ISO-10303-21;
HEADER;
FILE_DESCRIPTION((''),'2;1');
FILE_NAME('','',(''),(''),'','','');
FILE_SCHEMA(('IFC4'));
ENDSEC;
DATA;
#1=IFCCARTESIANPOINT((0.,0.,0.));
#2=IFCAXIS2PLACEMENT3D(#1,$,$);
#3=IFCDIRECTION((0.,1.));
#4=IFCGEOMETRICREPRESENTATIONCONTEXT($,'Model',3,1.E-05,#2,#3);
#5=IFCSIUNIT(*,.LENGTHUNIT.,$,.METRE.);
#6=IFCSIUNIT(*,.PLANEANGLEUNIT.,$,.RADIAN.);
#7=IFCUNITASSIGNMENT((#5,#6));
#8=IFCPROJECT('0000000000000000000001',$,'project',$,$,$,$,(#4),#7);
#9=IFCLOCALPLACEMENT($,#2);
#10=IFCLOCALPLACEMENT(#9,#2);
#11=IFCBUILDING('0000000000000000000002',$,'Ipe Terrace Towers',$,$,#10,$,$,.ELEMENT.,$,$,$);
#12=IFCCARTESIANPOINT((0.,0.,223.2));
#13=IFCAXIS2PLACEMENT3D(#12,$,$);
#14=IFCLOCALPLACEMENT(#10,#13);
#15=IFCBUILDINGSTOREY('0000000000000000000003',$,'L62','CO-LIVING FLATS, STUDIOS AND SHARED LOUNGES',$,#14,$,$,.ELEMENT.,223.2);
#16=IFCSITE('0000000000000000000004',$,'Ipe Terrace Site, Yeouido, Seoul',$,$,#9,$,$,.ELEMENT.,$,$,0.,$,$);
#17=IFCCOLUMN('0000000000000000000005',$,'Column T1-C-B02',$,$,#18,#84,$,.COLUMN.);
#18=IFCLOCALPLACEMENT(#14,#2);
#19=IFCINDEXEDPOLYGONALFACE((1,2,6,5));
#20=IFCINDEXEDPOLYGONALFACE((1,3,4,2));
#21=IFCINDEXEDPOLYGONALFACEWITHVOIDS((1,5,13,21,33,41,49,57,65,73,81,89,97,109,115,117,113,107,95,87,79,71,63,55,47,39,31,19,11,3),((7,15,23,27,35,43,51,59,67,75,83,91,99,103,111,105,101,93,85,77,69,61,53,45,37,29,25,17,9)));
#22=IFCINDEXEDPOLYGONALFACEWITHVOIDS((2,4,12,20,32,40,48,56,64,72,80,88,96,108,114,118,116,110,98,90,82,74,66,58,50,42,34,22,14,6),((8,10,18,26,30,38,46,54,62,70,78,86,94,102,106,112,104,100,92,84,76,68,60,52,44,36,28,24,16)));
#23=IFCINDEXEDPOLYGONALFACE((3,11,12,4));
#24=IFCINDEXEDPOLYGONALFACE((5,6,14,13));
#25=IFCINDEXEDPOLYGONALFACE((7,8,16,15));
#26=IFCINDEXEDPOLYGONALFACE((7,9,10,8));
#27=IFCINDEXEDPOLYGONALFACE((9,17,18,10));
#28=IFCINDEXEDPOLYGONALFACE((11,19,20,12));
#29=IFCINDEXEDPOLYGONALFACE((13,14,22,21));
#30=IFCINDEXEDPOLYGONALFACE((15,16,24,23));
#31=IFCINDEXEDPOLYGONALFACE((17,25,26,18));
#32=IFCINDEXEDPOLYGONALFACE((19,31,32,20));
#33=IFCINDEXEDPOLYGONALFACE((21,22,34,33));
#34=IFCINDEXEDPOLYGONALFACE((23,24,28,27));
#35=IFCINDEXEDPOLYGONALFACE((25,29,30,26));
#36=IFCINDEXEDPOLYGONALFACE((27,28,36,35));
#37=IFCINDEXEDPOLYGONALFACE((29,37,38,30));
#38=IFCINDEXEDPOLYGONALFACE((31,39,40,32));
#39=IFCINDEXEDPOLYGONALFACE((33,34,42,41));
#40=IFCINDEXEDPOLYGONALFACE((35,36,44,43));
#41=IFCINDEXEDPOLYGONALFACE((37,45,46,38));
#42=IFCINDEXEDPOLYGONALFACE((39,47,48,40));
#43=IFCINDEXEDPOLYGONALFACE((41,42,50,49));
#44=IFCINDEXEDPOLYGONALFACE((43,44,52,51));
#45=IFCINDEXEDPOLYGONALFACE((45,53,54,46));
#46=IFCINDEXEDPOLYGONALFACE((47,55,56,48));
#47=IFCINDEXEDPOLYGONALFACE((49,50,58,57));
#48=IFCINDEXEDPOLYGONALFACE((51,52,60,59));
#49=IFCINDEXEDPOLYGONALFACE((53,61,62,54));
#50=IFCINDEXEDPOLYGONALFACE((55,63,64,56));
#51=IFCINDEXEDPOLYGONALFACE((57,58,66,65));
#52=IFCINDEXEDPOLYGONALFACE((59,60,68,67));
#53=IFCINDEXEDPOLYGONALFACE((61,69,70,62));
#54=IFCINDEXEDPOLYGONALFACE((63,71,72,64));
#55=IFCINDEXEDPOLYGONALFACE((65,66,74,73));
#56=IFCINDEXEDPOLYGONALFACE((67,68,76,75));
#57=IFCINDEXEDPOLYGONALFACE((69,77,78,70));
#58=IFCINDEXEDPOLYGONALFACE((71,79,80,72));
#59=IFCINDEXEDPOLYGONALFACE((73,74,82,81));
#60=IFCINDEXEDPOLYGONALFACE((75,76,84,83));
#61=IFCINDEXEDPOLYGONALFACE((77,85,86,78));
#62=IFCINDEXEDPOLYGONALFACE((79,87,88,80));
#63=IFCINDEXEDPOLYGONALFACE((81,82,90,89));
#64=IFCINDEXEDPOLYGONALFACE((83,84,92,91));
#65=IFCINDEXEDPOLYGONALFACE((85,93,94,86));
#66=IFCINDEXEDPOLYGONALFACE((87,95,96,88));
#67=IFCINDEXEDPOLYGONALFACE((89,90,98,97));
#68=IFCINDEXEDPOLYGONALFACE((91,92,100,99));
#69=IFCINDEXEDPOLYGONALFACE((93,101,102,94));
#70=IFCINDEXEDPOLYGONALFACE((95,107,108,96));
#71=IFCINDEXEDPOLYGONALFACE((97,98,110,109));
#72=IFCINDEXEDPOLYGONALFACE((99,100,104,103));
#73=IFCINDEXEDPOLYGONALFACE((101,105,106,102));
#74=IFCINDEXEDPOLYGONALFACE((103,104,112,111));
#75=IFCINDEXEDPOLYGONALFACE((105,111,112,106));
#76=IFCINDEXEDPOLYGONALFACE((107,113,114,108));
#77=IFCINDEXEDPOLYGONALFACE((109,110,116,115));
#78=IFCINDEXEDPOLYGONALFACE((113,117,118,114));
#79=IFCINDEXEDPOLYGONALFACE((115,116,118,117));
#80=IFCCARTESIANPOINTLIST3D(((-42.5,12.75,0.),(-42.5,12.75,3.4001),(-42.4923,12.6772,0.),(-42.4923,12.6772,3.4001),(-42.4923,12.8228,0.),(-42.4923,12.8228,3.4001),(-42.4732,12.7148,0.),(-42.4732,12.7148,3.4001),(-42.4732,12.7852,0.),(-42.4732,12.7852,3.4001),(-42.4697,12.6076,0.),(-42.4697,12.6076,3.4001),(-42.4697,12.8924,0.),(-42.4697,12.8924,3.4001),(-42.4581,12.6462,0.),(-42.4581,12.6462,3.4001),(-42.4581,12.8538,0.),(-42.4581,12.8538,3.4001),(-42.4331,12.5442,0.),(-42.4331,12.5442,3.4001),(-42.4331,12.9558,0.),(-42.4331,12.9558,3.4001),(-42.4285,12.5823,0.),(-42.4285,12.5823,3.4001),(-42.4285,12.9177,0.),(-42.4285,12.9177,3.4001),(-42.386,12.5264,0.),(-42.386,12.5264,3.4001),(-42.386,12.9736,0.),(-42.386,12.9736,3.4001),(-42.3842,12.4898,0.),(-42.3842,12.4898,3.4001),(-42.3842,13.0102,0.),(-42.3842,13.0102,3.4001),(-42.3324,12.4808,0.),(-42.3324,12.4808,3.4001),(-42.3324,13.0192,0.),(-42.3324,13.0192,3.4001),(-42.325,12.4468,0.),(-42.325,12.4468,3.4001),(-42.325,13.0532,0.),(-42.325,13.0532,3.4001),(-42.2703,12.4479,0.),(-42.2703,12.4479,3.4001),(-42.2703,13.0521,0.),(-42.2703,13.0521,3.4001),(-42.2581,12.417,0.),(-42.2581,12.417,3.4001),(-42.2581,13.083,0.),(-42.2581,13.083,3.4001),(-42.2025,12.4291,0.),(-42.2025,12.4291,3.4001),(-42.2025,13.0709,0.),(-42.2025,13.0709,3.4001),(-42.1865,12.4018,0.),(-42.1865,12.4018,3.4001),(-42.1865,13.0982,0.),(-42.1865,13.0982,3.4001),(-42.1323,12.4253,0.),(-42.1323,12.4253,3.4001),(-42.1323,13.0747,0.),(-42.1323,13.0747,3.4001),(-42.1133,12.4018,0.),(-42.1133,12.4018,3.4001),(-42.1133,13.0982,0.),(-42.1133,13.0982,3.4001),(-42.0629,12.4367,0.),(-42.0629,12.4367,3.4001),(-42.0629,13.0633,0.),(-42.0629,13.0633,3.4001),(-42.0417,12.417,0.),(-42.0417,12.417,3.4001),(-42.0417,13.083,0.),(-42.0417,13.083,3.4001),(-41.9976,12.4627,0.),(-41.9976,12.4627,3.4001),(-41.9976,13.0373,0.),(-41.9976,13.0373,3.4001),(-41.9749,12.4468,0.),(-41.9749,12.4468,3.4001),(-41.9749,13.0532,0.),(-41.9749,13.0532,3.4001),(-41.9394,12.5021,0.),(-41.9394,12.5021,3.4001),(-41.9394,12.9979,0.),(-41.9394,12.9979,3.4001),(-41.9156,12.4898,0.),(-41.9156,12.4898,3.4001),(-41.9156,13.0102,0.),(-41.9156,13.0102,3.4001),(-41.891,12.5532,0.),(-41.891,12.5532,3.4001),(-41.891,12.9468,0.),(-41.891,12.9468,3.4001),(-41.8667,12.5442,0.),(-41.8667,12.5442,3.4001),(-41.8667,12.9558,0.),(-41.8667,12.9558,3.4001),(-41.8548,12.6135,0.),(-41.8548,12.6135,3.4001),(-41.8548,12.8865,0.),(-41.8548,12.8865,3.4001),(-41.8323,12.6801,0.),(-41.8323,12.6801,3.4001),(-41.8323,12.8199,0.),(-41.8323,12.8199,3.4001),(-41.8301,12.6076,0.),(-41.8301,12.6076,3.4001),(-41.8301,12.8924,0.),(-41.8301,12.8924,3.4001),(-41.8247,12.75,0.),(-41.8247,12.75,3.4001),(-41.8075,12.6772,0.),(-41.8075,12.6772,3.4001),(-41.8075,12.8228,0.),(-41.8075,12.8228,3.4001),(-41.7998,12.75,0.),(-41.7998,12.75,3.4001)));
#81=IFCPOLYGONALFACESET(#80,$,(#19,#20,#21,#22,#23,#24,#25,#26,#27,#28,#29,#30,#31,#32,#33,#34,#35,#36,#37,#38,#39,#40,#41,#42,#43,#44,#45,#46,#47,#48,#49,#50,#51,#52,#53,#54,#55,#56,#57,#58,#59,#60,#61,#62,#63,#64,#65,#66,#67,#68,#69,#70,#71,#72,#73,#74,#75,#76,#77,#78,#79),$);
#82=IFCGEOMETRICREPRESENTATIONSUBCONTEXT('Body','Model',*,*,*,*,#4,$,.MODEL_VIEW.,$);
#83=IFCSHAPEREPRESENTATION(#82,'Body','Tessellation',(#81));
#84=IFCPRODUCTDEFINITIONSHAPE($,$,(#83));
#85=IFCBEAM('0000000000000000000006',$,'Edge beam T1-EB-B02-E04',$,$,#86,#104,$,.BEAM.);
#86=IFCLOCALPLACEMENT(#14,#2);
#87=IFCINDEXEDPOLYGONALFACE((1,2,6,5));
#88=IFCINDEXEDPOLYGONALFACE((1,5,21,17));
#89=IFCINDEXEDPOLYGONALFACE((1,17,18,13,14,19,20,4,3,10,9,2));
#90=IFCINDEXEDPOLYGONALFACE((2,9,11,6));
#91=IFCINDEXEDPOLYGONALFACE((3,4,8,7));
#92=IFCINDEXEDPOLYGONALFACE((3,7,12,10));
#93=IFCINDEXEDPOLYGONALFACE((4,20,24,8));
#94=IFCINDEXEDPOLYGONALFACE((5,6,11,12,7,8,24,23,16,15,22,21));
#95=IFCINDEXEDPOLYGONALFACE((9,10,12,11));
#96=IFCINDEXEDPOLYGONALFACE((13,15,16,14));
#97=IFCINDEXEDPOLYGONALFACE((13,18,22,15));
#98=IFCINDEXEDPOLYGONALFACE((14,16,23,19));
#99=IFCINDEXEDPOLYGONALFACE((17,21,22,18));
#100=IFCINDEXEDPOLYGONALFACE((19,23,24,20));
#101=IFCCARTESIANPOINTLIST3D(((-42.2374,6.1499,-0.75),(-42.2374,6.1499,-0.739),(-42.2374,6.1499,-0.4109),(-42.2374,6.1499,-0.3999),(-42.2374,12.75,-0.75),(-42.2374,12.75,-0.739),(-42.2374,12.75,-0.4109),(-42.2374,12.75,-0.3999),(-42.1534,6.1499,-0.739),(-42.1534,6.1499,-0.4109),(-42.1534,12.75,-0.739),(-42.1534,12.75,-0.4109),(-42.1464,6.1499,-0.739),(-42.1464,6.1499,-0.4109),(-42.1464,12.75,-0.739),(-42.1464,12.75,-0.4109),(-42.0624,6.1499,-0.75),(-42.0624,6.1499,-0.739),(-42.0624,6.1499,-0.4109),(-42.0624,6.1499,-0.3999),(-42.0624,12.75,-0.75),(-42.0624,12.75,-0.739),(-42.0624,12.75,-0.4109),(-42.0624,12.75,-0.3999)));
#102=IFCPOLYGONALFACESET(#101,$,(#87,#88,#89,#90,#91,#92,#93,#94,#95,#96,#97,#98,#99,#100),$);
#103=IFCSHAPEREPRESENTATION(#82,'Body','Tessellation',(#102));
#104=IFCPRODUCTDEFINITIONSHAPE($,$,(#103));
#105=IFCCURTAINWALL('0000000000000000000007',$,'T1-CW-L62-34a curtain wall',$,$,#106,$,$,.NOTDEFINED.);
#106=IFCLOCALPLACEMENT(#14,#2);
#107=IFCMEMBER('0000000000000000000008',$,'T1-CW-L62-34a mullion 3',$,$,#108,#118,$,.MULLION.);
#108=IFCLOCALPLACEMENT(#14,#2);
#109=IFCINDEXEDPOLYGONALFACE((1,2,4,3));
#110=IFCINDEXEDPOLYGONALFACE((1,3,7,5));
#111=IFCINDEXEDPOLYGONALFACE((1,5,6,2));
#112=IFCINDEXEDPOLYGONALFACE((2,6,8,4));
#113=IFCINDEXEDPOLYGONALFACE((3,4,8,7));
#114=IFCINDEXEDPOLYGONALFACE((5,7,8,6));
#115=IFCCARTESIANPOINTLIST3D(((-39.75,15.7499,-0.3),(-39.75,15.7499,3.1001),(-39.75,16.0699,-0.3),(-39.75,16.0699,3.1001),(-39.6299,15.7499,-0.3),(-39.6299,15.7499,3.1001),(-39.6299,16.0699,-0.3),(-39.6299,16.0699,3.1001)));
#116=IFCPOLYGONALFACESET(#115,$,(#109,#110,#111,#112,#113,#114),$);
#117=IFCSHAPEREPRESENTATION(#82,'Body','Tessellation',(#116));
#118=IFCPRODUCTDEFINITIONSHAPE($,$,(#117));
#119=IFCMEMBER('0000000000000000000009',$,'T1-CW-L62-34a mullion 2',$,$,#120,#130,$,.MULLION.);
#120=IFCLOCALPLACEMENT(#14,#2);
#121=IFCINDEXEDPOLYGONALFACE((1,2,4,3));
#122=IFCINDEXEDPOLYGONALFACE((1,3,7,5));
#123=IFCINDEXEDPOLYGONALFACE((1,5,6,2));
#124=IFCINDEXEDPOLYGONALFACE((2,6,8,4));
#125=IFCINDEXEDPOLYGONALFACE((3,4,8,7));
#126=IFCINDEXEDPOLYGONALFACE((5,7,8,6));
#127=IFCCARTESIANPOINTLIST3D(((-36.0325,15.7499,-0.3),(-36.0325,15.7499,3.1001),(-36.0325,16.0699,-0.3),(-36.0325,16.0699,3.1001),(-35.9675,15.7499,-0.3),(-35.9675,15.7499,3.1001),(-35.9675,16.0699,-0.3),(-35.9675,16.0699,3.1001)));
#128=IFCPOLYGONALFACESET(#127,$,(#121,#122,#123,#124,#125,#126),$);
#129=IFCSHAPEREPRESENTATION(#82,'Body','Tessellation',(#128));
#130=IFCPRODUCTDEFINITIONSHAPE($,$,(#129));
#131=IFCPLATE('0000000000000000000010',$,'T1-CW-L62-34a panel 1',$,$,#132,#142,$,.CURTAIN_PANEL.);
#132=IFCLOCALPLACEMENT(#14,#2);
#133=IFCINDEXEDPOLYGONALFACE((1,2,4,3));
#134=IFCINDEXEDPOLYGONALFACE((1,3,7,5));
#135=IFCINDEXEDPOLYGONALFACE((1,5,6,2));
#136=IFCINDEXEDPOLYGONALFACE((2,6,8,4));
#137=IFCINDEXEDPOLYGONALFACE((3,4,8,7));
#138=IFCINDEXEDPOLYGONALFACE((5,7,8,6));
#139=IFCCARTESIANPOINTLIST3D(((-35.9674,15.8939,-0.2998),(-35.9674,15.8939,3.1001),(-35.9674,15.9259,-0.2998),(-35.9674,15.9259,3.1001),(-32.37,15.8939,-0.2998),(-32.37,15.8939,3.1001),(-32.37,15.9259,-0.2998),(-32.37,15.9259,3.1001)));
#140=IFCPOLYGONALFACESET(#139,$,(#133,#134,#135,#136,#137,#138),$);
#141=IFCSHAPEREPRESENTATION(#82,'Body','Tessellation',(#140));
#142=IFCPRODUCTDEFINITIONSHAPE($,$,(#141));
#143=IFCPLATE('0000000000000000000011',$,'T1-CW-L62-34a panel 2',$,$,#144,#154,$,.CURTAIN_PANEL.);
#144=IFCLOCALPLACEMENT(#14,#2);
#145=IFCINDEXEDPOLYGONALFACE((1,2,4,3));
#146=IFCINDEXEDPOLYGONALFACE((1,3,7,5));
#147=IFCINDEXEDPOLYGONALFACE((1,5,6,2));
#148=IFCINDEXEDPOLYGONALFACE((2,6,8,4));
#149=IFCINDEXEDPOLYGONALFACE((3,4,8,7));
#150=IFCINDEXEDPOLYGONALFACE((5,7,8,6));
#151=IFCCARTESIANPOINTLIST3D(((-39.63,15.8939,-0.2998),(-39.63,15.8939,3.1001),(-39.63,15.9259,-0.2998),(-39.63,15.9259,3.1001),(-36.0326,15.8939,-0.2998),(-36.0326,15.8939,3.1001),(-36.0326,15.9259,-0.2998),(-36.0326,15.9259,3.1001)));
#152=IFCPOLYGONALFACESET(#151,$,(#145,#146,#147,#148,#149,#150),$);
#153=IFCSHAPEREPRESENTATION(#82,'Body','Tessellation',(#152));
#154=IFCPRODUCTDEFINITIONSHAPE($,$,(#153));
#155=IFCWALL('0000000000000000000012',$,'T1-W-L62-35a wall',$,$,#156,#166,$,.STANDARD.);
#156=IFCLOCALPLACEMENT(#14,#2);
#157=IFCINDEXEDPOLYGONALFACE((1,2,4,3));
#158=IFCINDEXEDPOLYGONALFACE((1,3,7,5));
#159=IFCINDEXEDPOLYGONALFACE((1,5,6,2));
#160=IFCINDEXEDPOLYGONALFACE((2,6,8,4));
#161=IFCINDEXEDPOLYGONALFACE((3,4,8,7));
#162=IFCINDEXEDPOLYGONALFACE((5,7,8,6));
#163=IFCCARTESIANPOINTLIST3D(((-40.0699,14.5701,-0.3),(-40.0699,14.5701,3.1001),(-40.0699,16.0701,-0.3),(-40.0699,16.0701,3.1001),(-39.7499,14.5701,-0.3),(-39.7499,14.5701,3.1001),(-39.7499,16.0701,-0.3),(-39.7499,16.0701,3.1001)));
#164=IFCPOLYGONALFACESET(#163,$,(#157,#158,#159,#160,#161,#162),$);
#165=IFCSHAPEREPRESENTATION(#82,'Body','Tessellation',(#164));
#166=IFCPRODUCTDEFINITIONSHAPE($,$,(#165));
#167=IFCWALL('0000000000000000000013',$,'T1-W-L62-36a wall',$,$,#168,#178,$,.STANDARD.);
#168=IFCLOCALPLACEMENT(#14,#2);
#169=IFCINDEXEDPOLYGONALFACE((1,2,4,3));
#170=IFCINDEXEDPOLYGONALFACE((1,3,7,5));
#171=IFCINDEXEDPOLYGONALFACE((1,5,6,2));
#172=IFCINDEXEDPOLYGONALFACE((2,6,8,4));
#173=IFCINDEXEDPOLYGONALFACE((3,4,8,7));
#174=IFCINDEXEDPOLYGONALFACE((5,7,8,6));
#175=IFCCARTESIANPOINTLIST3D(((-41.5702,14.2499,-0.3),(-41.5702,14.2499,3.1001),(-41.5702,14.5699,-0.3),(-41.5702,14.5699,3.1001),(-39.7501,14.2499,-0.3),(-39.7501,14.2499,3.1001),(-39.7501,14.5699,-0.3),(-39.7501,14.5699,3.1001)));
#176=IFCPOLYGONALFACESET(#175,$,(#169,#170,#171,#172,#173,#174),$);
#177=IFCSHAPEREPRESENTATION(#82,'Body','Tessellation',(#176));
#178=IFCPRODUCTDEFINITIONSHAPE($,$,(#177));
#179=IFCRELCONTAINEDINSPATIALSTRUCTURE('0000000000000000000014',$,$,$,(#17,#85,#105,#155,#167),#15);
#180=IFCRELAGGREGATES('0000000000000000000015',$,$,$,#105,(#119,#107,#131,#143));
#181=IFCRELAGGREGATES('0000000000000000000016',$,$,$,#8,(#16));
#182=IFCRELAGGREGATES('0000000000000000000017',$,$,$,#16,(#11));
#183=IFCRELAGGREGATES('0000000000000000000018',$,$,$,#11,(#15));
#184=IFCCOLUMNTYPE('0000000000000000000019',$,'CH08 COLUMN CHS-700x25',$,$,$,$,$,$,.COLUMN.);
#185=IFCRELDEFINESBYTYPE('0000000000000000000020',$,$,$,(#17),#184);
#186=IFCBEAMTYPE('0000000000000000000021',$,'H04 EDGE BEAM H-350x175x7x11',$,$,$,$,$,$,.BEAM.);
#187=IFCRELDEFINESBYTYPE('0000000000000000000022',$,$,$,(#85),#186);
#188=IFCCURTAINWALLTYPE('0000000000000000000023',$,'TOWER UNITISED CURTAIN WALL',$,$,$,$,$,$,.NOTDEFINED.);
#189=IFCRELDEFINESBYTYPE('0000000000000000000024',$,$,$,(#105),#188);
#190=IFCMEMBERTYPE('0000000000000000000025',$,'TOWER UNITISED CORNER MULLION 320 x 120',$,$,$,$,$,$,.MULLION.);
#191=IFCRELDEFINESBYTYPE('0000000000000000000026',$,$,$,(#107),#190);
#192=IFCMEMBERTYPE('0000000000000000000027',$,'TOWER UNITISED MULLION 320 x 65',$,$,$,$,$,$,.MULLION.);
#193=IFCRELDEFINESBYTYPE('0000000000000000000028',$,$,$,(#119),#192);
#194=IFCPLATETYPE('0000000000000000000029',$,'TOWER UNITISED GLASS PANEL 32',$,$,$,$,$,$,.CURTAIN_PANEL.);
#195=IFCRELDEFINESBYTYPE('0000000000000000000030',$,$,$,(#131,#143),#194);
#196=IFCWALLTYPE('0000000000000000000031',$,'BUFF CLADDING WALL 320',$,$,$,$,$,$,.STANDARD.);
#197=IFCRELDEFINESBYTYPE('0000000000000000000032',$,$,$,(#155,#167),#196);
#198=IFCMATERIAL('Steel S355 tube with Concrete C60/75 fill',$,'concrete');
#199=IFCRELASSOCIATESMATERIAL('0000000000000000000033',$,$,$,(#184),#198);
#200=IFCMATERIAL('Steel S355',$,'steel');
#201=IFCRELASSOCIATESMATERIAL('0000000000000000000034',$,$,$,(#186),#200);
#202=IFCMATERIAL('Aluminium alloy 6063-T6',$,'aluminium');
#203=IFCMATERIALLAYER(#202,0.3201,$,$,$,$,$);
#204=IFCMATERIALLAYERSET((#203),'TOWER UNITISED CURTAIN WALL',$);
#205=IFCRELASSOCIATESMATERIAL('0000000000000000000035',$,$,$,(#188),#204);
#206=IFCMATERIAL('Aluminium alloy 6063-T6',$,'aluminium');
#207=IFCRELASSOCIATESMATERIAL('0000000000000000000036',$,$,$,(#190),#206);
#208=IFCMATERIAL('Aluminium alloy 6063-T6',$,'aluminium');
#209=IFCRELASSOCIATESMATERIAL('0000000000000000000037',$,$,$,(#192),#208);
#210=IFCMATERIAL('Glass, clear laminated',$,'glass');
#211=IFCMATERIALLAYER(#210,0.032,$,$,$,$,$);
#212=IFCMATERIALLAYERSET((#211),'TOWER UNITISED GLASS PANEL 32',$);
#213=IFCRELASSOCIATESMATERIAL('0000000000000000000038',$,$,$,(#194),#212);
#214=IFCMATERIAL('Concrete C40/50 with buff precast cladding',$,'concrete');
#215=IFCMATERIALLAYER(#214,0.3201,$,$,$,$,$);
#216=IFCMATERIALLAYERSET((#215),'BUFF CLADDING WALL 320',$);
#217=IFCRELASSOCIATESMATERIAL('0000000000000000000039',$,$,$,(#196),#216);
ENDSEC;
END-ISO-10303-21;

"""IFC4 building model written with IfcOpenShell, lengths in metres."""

from ifc_helpers import new_model, si_unit, direction, frame, frame_2d, origin, origin_2d, place, context, subcontext, project, spatial, rectangle, hollow_circle, i_section, extrude, material, layer, layer_set, material_profile, profile_set, type_object, element, aggregate, save


model = new_model("IFC4")

# Units and contexts
model_context = context("Model", 3, precision=1e-05, world=origin(), true_north=direction((0.0, 1.0)))
body_context = subcontext(model_context, "Body", "Model", "MODEL_VIEW")
ifc_project = project(units=[si_unit("LENGTHUNIT", "METRE"), si_unit("PLANEANGLEUNIT", "RADIAN")], contexts=[model_context])

# Site, building, storey
site_placement = place(None, origin())
site = spatial("IfcSite", under=ifc_project, at=site_placement, Name="Ipe Terrace Site, Yeouido, Seoul", CompositionType="ELEMENT", RefElevation=0.0)
building_placement = place(site_placement, origin())
building = spatial("IfcBuilding", under=site, at=building_placement, Name="Ipe Terrace Towers", CompositionType="ELEMENT")
storey_placement = place(building_placement, frame((0.0, 0.0, 223.2)))
storey = spatial("IfcBuildingStorey", under=building, at=storey_placement, Name="L62", Description="CO-LIVING FLATS, STUDIOS AND SHARED LOUNGES", CompositionType="ELEMENT", Elevation=223.2)

# Column
ifc_material_1 = material(Name="Steel S355 tube with Concrete C60/75 fill", Category="concrete")
ifc_material_profile_1 = material_profile(ifc_material_1, hollow_circle(Radius=0.3501, WallThickness=0.0249, at=origin_2d()), Name="CHS-700x25")
ifc_profile_set_1 = profile_set([ifc_material_profile_1], Name="Steel S355 tube with Concrete C60/75 fill")
column_type = type_object("IfcColumnType", Name="CH08 COLUMN CHS-700x25", PredefinedType="COLUMN", material=ifc_profile_set_1)
column_placement = place(storey_placement, frame((-42.1499, 12.75, 0.0), z_axis=(0.0, 0.0, 1.0), x_axis=(1.0, 0.0, 0.0)))
element("IfcColumn", 1, at=column_placement, inside=storey, type_object=column_type, Name="Column T1-C-B02", PredefinedType="COLUMN", context=body_context, shape_type="SweptSolid", body=[
    extrude(hollow_circle(Radius=0.3501, WallThickness=0.0249, at=origin_2d()), origin(), (0.0, 0.0, 1.0), 3.4001),
])

# Beam
ifc_material_2 = material(Name="Steel S355", Category="steel")
ifc_material_profile_2 = material_profile(ifc_material_2, i_section(OverallWidth=0.175, OverallDepth=0.3501, WebThickness=0.0071, FlangeThickness=0.011, at=origin_2d()), Name="H-350x175x7x11")
ifc_profile_set_2 = profile_set([ifc_material_profile_2], Name="Steel S355")
beam_type = type_object("IfcBeamType", Name="H04 EDGE BEAM H-350x175x7x11", PredefinedType="BEAM", material=ifc_profile_set_2)
beam_placement = place(storey_placement, frame((-42.1499, 12.75, -0.575), z_axis=(0.0, -1.0, 0.0), x_axis=(1.0, 0.0, 0.0)))
element("IfcBeam", 2, at=beam_placement, inside=storey, type_object=beam_type, Name="Edge beam T1-EB-B02-E04", PredefinedType="BEAM", context=body_context, shape_type="SweptSolid", body=[
    extrude(i_section(OverallWidth=0.175, OverallDepth=0.3501, WebThickness=0.0071, FlangeThickness=0.011, at=origin_2d()), origin(), (0.0, 0.0, 1.0), 6.6001),
])

# Curtain wall, members, plates
ifc_material_3 = material(Name="Aluminium alloy 6063-T6", Category="aluminium")
ifc_layer_1 = layer(ifc_material_3, 0.3201)
ifc_layer_set_1 = layer_set([ifc_layer_1], Name="TOWER UNITISED CURTAIN WALL")
curtain_wall_type = type_object("IfcCurtainWallType", Name="TOWER UNITISED CURTAIN WALL", PredefinedType="NOTDEFINED", material=ifc_layer_set_1)
curtain_wall_placement = place(storey_placement, origin())
curtain_wall = element("IfcCurtainWall", 3, at=curtain_wall_placement, inside=storey, type_object=curtain_wall_type, Name="T1-CW-L62-34a curtain wall", PredefinedType="NOTDEFINED")
ifc_material_4 = material(Name="Aluminium alloy 6063-T6", Category="aluminium")
ifc_material_profile_3 = material_profile(ifc_material_4, rectangle(XDim=0.3201, YDim=0.1201, at=origin_2d()), Name="TOWER UNITISED CORNER MULLION 320 x 120")
ifc_profile_set_3 = profile_set([ifc_material_profile_3], Name="Aluminium alloy 6063-T6")
member_type_1 = type_object("IfcMemberType", Name="TOWER UNITISED CORNER MULLION 320 x 120", PredefinedType="MULLION", material=ifc_profile_set_3)
member_1_placement = place(storey_placement, frame((-39.6899, 15.9099, -0.3), z_axis=(0.0, 0.0, 1.0), x_axis=(0.0, 1.0, 0.0)))
member_1 = element("IfcMember", 4, at=member_1_placement, type_object=member_type_1, Name="T1-CW-L62-34a mullion 3", PredefinedType="MULLION", context=body_context, shape_type="SweptSolid", body=[
    extrude(rectangle(XDim=0.3201, YDim=0.1201, at=origin_2d()), origin(), (0.0, 0.0, 1.0), 3.4001),
])
ifc_material_5 = material(Name="Aluminium alloy 6063-T6", Category="aluminium")
ifc_material_profile_4 = material_profile(ifc_material_5, rectangle(XDim=0.3201, YDim=0.0649, at=origin_2d()), Name="TOWER UNITISED MULLION 320 x 65")
ifc_profile_set_4 = profile_set([ifc_material_profile_4], Name="Aluminium alloy 6063-T6")
member_type_2 = type_object("IfcMemberType", Name="TOWER UNITISED MULLION 320 x 65", PredefinedType="MULLION", material=ifc_profile_set_4)
member_2_placement = place(storey_placement, frame((-36.0, 15.9099, -0.3), z_axis=(0.0, 0.0, 1.0), x_axis=(0.0, 1.0, 0.0)))
member_2 = element("IfcMember", 5, at=member_2_placement, type_object=member_type_2, Name="T1-CW-L62-34a mullion 2", PredefinedType="MULLION", context=body_context, shape_type="SweptSolid", body=[
    extrude(rectangle(XDim=0.3201, YDim=0.0649, at=origin_2d()), origin(), (0.0, 0.0, 1.0), 3.4001),
])
ifc_material_6 = material(Name="Glass, clear laminated", Category="glass")
ifc_layer_2 = layer(ifc_material_6, 0.032)
ifc_layer_set_2 = layer_set([ifc_layer_2], Name="TOWER UNITISED GLASS PANEL 32")
plate_type = type_object("IfcPlateType", Name="TOWER UNITISED GLASS PANEL 32", PredefinedType="CURTAIN_PANEL", material=ifc_layer_set_2)
plate_1_placement = place(storey_placement, frame((-34.1687, 15.9099, -0.2998), z_axis=(0.0, 0.0, 1.0), x_axis=(-1.0, 0.0, 0.0)))
plate_1 = element("IfcPlate", 6, at=plate_1_placement, type_object=plate_type, Name="T1-CW-L62-34a panel 1", PredefinedType="CURTAIN_PANEL", context=body_context, shape_type="SweptSolid", body=[
    extrude(rectangle(XDim=3.5974, YDim=0.032, at=origin_2d()), origin(), (0.0, 0.0, 1.0), 3.3999),
])
plate_2_placement = place(storey_placement, frame((-37.8313, 15.9099, -0.2998), z_axis=(0.0, 0.0, 1.0), x_axis=(-1.0, 0.0, 0.0)))
plate_2 = element("IfcPlate", 7, at=plate_2_placement, type_object=plate_type, Name="T1-CW-L62-34a panel 2", PredefinedType="CURTAIN_PANEL", context=body_context, shape_type="SweptSolid", body=[
    extrude(rectangle(XDim=3.5974, YDim=0.032, at=origin_2d()), origin(), (0.0, 0.0, 1.0), 3.3999),
])
aggregate(curtain_wall, [member_2, member_1, plate_1, plate_2])

# Walls
ifc_material_7 = material(Name="Concrete C40/50 with buff precast cladding", Category="concrete")
ifc_layer_3 = layer(ifc_material_7, 0.3201)
ifc_layer_set_3 = layer_set([ifc_layer_3], Name="BUFF CLADDING WALL 320")
wall_type_1 = type_object("IfcWallType", Name="BUFF CLADDING WALL 320", PredefinedType="STANDARD", material=ifc_layer_set_3)
wall_1_placement = place(storey_placement, frame((-39.9099, 16.0701, -0.3), z_axis=(0.0, 0.0, 1.0), x_axis=(0.0, -1.0, 0.0)))
element("IfcWall", 8, at=wall_1_placement, inside=storey, type_object=wall_type_1, Name="T1-W-L62-35a wall", PredefinedType="STANDARD", context=body_context, shape_type="SweptSolid", body=[
    extrude(rectangle(XDim=1.5, YDim=0.3201, at=frame_2d((0.75, 0.0))), origin(), (0.0, 0.0, 1.0), 3.4001),
])
wall_2_placement = place(storey_placement, frame((-39.75, 14.4099, -0.3), z_axis=(0.0, 0.0, 1.0), x_axis=(-1.0, 0.0, 0.0)))
element("IfcWall", 9, at=wall_2_placement, inside=storey, type_object=wall_type_1, Name="T1-W-L62-36a wall", PredefinedType="STANDARD", context=body_context, shape_type="SweptSolid", body=[
    extrude(rectangle(XDim=1.8201, YDim=0.3201, at=frame_2d((0.9102, 0.0))), origin(), (0.0, 0.0, 1.0), 3.4001),
])

save(model, "model.ifc")
